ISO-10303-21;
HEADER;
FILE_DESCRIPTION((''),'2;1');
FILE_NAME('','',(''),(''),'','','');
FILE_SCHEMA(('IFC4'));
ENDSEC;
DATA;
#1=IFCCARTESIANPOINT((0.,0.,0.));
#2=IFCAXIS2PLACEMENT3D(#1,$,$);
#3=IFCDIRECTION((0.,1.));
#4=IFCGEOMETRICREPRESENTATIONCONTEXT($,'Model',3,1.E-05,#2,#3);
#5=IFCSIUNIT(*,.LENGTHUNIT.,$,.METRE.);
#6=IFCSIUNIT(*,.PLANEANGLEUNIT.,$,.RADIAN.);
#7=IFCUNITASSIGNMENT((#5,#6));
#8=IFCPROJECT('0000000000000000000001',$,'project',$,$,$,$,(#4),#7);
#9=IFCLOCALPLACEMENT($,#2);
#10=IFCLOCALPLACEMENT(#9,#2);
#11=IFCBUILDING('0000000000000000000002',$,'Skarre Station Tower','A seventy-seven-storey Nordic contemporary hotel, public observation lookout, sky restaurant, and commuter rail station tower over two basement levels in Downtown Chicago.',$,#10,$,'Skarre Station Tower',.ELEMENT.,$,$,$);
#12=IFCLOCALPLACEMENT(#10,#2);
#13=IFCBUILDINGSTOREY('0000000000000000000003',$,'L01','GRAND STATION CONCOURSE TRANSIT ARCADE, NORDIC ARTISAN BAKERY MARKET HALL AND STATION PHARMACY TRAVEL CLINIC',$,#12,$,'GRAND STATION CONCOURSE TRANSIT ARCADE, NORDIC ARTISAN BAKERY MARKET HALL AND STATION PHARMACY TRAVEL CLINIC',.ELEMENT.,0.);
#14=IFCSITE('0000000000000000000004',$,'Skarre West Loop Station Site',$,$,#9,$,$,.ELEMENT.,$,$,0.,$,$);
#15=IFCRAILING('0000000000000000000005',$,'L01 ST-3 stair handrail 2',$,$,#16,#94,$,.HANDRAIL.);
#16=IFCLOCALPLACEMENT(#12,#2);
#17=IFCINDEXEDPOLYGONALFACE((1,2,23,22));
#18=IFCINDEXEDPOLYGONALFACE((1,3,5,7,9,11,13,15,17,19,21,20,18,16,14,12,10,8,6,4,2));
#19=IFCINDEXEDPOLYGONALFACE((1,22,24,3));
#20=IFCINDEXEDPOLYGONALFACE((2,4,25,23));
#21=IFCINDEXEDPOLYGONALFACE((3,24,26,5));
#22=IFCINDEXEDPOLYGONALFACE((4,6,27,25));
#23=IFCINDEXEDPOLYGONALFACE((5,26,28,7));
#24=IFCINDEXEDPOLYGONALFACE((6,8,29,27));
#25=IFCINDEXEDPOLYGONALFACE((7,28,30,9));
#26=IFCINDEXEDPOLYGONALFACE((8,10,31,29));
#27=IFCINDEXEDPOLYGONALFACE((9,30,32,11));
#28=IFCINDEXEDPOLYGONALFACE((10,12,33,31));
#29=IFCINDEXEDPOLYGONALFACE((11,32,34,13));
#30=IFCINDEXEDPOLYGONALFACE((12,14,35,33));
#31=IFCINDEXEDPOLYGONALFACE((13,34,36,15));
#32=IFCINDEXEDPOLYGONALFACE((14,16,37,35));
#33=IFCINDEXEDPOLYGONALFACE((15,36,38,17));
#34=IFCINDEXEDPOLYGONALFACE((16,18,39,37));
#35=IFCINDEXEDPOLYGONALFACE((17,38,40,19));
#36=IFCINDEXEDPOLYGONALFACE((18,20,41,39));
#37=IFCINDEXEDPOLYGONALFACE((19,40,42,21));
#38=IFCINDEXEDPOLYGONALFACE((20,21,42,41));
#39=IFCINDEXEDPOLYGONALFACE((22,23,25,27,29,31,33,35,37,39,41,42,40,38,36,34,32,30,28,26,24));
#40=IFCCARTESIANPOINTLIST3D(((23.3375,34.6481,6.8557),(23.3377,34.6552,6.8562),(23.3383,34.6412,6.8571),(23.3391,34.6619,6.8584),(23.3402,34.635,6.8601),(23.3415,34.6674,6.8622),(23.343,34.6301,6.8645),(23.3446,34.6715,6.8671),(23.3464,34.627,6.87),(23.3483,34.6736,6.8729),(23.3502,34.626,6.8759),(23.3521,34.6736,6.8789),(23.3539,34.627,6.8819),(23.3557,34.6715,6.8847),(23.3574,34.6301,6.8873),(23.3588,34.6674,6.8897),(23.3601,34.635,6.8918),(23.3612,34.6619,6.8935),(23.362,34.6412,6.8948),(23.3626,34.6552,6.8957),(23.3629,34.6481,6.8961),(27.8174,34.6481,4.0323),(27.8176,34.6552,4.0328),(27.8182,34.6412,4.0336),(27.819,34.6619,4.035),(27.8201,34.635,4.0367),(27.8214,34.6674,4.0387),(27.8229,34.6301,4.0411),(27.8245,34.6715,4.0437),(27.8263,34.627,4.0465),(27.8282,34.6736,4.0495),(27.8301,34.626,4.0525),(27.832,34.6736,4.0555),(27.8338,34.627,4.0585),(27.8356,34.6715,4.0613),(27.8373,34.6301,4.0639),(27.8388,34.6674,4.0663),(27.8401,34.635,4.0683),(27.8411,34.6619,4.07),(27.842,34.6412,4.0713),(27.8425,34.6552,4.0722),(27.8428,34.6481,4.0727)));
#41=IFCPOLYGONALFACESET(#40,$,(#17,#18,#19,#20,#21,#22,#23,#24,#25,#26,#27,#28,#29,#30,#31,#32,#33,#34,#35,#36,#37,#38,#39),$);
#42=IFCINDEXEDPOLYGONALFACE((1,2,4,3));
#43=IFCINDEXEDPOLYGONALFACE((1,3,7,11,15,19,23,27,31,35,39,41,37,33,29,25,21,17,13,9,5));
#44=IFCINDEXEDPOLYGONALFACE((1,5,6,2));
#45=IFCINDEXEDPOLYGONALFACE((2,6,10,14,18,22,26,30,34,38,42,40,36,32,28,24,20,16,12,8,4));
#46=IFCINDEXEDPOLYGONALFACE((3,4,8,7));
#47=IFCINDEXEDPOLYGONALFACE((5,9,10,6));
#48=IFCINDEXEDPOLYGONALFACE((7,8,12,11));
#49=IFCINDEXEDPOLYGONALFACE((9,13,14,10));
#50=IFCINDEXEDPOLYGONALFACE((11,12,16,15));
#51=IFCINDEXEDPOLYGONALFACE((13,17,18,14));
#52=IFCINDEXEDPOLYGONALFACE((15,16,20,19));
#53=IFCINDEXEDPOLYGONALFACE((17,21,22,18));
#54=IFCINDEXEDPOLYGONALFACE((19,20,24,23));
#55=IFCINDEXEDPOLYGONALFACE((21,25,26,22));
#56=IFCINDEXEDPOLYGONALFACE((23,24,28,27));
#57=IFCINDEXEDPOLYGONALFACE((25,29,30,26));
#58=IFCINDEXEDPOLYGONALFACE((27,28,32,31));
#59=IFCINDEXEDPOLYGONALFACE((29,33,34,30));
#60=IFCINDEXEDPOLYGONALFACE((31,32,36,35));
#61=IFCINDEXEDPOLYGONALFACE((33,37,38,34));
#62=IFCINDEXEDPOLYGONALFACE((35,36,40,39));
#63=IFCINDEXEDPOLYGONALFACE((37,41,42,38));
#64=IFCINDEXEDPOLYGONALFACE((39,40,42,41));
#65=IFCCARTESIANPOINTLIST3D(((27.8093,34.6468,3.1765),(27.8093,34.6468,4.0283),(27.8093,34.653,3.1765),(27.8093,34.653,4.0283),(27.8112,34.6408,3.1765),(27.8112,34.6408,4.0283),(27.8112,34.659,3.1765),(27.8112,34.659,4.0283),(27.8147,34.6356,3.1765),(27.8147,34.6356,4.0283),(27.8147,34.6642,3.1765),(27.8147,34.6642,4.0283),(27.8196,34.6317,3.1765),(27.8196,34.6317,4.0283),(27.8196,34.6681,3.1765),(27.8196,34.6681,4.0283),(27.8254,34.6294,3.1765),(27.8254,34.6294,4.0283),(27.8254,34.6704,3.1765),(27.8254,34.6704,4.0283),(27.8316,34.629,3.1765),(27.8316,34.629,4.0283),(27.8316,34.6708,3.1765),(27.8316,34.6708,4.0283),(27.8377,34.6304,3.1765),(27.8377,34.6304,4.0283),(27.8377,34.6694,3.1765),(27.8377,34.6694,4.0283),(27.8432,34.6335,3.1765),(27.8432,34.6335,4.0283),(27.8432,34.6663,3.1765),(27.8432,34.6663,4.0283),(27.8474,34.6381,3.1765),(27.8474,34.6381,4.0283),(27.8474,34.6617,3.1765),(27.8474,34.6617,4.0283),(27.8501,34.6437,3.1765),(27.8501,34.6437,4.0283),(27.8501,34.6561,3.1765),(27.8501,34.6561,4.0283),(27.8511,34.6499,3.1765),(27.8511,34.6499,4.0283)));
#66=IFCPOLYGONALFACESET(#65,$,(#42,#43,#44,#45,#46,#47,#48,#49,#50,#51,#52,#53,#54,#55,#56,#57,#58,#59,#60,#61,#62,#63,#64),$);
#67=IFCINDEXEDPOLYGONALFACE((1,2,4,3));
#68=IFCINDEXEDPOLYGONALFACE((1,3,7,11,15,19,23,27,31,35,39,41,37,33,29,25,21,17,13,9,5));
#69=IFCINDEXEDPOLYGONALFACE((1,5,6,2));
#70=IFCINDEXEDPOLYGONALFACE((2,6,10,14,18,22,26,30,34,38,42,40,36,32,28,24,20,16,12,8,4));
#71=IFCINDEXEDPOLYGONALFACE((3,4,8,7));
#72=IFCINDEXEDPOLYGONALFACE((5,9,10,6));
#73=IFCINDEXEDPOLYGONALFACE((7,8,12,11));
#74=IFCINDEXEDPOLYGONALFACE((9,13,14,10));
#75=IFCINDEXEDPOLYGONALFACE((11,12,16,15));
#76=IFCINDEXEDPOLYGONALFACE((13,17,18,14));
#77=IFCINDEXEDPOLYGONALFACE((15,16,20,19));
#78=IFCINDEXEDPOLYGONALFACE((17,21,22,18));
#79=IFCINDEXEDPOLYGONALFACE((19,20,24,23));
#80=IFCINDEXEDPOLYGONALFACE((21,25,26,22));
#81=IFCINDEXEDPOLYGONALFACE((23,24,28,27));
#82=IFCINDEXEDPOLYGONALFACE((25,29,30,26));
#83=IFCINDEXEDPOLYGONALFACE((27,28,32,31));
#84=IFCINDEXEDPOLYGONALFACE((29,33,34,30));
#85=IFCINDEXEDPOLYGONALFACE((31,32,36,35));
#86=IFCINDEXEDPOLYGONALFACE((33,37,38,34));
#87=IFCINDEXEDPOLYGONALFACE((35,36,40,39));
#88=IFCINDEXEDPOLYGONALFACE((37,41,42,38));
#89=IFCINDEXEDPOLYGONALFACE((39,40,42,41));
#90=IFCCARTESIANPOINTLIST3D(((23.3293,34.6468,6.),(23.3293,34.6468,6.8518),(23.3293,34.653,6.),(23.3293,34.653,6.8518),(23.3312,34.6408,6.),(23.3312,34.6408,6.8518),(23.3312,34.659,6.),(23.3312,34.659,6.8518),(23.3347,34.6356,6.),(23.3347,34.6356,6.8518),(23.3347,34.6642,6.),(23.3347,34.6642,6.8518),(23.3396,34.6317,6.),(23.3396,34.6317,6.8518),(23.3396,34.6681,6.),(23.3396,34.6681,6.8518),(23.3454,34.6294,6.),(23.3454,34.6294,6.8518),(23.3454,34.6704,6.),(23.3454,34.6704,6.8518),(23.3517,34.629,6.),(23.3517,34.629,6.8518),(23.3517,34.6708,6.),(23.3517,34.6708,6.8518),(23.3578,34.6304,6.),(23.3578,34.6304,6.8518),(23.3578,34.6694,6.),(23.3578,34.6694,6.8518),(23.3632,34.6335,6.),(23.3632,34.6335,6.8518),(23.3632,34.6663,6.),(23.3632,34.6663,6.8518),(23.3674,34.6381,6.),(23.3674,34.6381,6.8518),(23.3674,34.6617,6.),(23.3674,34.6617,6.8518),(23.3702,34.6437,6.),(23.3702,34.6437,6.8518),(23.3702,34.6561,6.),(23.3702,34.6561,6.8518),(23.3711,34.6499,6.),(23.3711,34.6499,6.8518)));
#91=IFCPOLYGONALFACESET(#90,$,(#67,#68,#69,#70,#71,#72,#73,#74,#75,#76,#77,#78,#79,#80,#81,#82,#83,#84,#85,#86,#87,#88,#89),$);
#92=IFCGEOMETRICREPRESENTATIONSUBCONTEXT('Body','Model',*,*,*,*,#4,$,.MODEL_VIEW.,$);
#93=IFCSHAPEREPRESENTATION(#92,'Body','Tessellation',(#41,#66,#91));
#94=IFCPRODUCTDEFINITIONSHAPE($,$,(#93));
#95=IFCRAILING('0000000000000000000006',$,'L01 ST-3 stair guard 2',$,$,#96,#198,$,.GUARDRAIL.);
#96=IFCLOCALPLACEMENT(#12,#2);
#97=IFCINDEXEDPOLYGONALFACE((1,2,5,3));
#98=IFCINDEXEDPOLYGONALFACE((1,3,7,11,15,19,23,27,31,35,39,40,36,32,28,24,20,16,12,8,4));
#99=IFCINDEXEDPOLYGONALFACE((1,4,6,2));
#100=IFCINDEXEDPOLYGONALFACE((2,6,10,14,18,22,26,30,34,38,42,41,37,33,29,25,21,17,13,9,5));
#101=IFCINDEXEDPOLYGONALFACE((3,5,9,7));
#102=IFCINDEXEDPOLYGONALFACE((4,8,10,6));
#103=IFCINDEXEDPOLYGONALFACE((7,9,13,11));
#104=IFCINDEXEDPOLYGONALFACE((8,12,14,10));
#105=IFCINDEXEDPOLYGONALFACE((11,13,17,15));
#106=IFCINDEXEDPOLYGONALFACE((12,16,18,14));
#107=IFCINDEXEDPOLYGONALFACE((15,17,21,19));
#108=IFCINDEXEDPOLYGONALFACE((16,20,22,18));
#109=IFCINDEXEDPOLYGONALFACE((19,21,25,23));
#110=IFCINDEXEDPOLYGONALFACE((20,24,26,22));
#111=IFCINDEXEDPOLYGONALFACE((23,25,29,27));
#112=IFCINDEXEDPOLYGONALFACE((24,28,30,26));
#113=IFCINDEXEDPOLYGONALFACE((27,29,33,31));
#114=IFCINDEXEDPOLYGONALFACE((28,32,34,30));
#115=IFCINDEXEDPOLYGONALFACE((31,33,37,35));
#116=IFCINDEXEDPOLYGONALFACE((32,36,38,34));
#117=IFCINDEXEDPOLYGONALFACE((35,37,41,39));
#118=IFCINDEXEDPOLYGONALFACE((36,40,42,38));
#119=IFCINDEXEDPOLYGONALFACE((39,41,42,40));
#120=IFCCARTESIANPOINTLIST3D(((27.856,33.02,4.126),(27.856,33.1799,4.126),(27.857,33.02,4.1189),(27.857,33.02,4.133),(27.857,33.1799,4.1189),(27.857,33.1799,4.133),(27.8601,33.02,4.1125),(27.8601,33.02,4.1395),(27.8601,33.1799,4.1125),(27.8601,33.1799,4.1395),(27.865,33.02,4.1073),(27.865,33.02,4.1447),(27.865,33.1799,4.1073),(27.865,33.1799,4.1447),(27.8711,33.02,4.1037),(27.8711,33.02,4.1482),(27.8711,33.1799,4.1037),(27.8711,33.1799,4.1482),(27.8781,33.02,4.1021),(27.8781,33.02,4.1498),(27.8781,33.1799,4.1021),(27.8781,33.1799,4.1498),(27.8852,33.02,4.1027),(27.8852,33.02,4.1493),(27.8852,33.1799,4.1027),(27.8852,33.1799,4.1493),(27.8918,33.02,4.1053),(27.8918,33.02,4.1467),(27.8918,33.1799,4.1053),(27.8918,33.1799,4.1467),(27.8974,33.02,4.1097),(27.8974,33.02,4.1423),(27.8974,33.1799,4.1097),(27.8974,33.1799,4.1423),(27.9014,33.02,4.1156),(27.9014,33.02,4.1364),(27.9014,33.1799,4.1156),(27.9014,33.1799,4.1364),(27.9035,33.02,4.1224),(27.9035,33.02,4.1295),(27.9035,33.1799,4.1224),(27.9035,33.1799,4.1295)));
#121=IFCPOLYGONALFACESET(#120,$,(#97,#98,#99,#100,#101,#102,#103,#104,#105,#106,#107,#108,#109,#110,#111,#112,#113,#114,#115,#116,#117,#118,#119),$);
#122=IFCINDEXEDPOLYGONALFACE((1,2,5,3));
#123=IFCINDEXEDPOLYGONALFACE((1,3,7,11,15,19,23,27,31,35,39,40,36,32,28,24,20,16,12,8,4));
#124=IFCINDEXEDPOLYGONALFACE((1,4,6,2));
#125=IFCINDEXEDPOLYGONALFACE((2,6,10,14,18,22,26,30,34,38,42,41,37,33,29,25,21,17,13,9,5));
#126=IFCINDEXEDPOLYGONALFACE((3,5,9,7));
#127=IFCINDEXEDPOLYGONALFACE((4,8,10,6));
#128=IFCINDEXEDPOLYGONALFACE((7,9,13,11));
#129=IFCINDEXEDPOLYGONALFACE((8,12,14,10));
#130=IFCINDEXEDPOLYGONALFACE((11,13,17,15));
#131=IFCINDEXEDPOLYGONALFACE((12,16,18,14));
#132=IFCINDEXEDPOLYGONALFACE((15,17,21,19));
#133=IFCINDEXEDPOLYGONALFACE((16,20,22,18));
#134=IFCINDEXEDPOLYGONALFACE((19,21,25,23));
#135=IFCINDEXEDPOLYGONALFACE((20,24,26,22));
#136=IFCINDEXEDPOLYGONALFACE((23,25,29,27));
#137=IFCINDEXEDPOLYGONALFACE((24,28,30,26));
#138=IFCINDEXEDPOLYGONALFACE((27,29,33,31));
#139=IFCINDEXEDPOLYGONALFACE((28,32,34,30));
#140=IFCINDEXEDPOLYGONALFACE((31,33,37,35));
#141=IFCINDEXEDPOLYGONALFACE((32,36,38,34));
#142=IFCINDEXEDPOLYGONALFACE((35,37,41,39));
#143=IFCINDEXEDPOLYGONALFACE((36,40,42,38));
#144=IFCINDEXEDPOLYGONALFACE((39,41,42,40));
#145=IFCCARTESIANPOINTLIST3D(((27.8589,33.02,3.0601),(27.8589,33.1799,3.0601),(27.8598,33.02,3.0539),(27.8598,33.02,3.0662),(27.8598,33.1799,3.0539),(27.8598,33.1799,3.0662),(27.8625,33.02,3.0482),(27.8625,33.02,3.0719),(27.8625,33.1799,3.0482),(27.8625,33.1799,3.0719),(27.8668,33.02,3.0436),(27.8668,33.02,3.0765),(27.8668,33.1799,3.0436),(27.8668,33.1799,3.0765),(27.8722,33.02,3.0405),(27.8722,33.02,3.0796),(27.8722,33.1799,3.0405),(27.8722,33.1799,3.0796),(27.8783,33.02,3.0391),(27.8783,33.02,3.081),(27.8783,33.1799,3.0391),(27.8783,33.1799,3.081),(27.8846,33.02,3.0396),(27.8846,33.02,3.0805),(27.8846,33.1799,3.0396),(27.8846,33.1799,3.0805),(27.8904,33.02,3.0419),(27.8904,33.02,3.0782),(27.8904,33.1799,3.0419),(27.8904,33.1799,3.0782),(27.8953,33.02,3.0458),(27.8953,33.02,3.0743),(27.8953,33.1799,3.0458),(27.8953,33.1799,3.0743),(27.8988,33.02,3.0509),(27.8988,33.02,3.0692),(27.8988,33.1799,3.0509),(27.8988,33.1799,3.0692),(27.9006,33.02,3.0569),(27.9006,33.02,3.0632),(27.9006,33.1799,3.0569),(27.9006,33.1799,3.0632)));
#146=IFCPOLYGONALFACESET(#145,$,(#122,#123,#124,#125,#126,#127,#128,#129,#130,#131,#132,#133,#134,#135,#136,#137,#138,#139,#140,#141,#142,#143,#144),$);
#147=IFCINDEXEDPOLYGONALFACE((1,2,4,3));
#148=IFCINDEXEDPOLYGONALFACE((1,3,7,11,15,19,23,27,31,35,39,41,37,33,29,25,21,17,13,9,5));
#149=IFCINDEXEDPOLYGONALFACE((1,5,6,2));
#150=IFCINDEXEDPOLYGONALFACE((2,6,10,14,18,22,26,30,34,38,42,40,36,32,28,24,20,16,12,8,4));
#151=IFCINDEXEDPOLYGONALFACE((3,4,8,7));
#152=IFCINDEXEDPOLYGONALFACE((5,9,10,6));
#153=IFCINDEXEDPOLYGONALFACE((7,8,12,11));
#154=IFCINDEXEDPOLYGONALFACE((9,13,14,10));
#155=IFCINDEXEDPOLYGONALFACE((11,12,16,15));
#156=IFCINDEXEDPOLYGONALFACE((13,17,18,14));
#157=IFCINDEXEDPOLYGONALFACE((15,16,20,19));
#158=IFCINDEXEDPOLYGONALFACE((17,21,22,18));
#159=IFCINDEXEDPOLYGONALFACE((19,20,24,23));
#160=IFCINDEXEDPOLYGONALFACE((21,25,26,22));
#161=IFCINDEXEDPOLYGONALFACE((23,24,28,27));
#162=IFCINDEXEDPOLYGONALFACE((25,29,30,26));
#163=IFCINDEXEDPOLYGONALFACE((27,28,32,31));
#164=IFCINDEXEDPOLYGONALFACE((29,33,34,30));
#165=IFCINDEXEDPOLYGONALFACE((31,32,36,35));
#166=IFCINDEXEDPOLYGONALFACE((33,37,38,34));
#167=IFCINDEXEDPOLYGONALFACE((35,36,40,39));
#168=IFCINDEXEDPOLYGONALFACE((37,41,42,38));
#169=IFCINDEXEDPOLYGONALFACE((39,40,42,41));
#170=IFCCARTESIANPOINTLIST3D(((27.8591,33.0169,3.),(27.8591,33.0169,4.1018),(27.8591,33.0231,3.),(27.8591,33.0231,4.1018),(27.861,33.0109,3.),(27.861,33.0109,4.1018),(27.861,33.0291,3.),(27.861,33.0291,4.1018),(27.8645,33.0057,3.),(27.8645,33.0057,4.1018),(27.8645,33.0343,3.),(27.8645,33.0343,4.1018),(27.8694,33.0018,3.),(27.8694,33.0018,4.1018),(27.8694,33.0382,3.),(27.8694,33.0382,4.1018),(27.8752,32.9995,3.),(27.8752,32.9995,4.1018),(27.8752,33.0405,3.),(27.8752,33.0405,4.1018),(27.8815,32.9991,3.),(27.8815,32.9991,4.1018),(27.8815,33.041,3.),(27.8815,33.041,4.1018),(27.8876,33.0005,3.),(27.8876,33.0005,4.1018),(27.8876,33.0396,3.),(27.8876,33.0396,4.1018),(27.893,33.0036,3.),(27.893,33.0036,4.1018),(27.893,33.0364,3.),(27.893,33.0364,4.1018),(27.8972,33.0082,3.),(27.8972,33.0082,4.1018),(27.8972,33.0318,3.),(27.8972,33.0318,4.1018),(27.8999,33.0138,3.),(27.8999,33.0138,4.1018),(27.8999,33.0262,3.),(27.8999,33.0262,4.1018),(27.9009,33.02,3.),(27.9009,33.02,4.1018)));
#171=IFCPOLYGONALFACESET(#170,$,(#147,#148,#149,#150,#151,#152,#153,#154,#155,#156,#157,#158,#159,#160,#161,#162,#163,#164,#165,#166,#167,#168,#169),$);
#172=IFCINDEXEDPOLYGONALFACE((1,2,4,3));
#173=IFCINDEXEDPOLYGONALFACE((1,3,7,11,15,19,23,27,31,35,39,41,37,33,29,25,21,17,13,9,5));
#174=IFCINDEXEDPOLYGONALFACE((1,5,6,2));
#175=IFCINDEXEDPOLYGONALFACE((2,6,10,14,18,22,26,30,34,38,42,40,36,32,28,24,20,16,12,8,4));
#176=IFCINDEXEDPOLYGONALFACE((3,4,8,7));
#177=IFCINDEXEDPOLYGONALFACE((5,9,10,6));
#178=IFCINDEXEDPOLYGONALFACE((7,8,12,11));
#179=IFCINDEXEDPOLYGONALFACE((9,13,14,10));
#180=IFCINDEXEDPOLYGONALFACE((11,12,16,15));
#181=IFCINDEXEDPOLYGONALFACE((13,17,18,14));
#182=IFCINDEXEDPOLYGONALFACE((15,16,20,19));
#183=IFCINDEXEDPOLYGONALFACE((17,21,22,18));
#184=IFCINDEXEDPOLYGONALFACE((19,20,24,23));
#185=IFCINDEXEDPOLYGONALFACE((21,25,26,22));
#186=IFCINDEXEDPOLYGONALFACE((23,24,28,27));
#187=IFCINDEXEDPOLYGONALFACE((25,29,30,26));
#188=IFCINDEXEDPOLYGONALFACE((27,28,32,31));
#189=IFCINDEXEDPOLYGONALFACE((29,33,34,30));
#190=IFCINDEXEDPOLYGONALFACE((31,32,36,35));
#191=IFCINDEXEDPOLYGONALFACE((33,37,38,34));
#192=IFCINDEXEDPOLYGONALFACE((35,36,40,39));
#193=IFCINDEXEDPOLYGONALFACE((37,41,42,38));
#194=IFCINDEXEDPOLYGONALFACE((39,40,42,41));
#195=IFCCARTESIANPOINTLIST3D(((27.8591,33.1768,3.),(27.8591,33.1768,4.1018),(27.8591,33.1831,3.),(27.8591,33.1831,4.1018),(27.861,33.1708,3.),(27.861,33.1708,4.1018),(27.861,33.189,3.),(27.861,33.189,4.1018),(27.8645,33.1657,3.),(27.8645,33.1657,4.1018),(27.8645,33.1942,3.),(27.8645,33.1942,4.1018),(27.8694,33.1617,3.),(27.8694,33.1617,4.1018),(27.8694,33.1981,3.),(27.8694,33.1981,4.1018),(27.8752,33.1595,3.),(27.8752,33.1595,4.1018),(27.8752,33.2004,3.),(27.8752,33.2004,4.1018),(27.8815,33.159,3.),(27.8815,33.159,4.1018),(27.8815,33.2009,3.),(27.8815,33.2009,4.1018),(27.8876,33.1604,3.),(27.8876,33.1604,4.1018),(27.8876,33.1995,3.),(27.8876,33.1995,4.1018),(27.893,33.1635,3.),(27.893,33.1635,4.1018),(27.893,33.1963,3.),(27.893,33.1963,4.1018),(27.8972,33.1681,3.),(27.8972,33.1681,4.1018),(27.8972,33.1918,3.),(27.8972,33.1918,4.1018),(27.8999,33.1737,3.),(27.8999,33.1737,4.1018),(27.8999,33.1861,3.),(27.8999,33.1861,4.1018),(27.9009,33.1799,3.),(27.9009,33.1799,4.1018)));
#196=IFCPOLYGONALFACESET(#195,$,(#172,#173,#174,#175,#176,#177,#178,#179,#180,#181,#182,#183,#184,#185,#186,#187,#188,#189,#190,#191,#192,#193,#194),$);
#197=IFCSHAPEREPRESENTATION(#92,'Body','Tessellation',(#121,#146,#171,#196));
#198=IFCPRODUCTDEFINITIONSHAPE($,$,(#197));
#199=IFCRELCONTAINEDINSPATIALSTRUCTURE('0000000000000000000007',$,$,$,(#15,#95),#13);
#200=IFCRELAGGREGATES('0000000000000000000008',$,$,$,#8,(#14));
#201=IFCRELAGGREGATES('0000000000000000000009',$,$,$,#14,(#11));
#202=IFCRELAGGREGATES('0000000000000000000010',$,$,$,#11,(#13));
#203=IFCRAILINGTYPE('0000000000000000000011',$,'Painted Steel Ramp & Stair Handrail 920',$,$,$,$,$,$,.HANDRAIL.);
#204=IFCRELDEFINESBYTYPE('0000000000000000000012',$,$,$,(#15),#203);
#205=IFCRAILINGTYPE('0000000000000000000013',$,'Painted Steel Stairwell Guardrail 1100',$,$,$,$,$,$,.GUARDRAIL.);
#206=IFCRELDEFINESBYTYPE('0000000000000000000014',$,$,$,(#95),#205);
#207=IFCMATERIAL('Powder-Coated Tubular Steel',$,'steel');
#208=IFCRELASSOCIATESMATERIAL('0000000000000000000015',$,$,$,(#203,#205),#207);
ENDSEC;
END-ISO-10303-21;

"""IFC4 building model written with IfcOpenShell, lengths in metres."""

from ifc_helpers import new_model, si_unit, direction, frame, origin, origin_2d, place, context, subcontext, project, spatial, circle, extrude, material, type_object, element, save


model = new_model("IFC4")

# Units and contexts
model_context = context("Model", 3, precision=1e-05, world=origin(), true_north=direction((0.0, 1.0)))
body_context = subcontext(model_context, "Body", "Model", "MODEL_VIEW")
ifc_project = project(units=[si_unit("LENGTHUNIT", "METRE"), si_unit("PLANEANGLEUNIT", "RADIAN")], contexts=[model_context])

# Site, building, storey
site_placement = place(None, origin())
site = spatial("IfcSite", under=ifc_project, at=site_placement, Name="Skarre West Loop Station Site", CompositionType="ELEMENT", RefElevation=0.0)
building_placement = place(site_placement, origin())
building = spatial("IfcBuilding", under=site, at=building_placement, Name="Skarre Station Tower", Description="A seventy-seven-storey Nordic contemporary hotel, public observation lookout, sky restaurant, and commuter rail station tower over two basement levels in Downtown Chicago.", LongName="Skarre Station Tower", CompositionType="ELEMENT")
storey_placement = place(building_placement, origin())
storey = spatial("IfcBuildingStorey", under=building, at=storey_placement, Name="L01", Description="GRAND STATION CONCOURSE TRANSIT ARCADE, NORDIC ARTISAN BAKERY MARKET HALL AND STATION PHARMACY TRAVEL CLINIC", LongName="GRAND STATION CONCOURSE TRANSIT ARCADE, NORDIC ARTISAN BAKERY MARKET HALL AND STATION PHARMACY TRAVEL CLINIC", CompositionType="ELEMENT", Elevation=0.0)

# Railings
ifc_material_1 = material(Name="Powder-Coated Tubular Steel", Category="steel")
railing_type_1 = type_object("IfcRailingType", Name="Painted Steel Ramp & Stair Handrail 920", PredefinedType="HANDRAIL", material=ifc_material_1)
railing_1_placement = place(storey_placement, frame((27.8301, 34.6499, 3.1765)))
element("IfcRailing", 1, at=railing_1_placement, inside=storey, type_object=railing_type_1, Name="L01 ST-3 stair handrail 2", PredefinedType="HANDRAIL", context=body_context, shape_type="SweptSolid", body=[
    extrude(circle(Radius=0.0239, at=origin_2d()), frame((0.0, 0.0, 0.876), z_axis=(-0.845998, 0.0, 0.533186), x_axis=(0.0, -1.0, 0.0)), (0.0, 0.0, 1.0), 5.2954),
    extrude(circle(Radius=0.021, at=origin_2d()), origin(), (0.0, 0.0, 1.0), 0.8518),
    extrude(circle(Radius=0.021, at=origin_2d()), frame((-4.48, 0.0, 2.8235)), (0.0, 0.0, 1.0), 0.8518),
])
railing_type_2 = type_object("IfcRailingType", Name="Painted Steel Stairwell Guardrail 1100", PredefinedType="GUARDRAIL", material=ifc_material_1)
railing_2_placement = place(storey_placement, frame((27.8799, 33.02, 3.0)))
element("IfcRailing", 2, at=railing_2_placement, inside=storey, type_object=railing_type_2, Name="L01 ST-3 stair guard 2", PredefinedType="GUARDRAIL", context=body_context, shape_type="SweptSolid", body=[
    extrude(circle(Radius=0.0239, at=origin_2d()), frame((0.0, 0.0, 1.126), z_axis=(0.0, 1.0, 0.0), x_axis=(-1.0, 0.0, 0.0)), (0.0, 0.0, 1.0), 0.1599),
    extrude(circle(Radius=0.021, at=origin_2d()), frame((0.0, 0.0, 0.0601), z_axis=(0.0, 1.0, 0.0), x_axis=(-1.0, 0.0, 0.0)), (0.0, 0.0, 1.0), 0.1599),
    extrude(circle(Radius=0.021, at=origin_2d()), origin(), (0.0, 0.0, 1.0), 1.1018),
    extrude(circle(Radius=0.021, at=origin_2d()), frame((0.0, 0.1599, 0.0)), (0.0, 0.0, 1.0), 1.1018),
])

save(model, "model.ifc")
